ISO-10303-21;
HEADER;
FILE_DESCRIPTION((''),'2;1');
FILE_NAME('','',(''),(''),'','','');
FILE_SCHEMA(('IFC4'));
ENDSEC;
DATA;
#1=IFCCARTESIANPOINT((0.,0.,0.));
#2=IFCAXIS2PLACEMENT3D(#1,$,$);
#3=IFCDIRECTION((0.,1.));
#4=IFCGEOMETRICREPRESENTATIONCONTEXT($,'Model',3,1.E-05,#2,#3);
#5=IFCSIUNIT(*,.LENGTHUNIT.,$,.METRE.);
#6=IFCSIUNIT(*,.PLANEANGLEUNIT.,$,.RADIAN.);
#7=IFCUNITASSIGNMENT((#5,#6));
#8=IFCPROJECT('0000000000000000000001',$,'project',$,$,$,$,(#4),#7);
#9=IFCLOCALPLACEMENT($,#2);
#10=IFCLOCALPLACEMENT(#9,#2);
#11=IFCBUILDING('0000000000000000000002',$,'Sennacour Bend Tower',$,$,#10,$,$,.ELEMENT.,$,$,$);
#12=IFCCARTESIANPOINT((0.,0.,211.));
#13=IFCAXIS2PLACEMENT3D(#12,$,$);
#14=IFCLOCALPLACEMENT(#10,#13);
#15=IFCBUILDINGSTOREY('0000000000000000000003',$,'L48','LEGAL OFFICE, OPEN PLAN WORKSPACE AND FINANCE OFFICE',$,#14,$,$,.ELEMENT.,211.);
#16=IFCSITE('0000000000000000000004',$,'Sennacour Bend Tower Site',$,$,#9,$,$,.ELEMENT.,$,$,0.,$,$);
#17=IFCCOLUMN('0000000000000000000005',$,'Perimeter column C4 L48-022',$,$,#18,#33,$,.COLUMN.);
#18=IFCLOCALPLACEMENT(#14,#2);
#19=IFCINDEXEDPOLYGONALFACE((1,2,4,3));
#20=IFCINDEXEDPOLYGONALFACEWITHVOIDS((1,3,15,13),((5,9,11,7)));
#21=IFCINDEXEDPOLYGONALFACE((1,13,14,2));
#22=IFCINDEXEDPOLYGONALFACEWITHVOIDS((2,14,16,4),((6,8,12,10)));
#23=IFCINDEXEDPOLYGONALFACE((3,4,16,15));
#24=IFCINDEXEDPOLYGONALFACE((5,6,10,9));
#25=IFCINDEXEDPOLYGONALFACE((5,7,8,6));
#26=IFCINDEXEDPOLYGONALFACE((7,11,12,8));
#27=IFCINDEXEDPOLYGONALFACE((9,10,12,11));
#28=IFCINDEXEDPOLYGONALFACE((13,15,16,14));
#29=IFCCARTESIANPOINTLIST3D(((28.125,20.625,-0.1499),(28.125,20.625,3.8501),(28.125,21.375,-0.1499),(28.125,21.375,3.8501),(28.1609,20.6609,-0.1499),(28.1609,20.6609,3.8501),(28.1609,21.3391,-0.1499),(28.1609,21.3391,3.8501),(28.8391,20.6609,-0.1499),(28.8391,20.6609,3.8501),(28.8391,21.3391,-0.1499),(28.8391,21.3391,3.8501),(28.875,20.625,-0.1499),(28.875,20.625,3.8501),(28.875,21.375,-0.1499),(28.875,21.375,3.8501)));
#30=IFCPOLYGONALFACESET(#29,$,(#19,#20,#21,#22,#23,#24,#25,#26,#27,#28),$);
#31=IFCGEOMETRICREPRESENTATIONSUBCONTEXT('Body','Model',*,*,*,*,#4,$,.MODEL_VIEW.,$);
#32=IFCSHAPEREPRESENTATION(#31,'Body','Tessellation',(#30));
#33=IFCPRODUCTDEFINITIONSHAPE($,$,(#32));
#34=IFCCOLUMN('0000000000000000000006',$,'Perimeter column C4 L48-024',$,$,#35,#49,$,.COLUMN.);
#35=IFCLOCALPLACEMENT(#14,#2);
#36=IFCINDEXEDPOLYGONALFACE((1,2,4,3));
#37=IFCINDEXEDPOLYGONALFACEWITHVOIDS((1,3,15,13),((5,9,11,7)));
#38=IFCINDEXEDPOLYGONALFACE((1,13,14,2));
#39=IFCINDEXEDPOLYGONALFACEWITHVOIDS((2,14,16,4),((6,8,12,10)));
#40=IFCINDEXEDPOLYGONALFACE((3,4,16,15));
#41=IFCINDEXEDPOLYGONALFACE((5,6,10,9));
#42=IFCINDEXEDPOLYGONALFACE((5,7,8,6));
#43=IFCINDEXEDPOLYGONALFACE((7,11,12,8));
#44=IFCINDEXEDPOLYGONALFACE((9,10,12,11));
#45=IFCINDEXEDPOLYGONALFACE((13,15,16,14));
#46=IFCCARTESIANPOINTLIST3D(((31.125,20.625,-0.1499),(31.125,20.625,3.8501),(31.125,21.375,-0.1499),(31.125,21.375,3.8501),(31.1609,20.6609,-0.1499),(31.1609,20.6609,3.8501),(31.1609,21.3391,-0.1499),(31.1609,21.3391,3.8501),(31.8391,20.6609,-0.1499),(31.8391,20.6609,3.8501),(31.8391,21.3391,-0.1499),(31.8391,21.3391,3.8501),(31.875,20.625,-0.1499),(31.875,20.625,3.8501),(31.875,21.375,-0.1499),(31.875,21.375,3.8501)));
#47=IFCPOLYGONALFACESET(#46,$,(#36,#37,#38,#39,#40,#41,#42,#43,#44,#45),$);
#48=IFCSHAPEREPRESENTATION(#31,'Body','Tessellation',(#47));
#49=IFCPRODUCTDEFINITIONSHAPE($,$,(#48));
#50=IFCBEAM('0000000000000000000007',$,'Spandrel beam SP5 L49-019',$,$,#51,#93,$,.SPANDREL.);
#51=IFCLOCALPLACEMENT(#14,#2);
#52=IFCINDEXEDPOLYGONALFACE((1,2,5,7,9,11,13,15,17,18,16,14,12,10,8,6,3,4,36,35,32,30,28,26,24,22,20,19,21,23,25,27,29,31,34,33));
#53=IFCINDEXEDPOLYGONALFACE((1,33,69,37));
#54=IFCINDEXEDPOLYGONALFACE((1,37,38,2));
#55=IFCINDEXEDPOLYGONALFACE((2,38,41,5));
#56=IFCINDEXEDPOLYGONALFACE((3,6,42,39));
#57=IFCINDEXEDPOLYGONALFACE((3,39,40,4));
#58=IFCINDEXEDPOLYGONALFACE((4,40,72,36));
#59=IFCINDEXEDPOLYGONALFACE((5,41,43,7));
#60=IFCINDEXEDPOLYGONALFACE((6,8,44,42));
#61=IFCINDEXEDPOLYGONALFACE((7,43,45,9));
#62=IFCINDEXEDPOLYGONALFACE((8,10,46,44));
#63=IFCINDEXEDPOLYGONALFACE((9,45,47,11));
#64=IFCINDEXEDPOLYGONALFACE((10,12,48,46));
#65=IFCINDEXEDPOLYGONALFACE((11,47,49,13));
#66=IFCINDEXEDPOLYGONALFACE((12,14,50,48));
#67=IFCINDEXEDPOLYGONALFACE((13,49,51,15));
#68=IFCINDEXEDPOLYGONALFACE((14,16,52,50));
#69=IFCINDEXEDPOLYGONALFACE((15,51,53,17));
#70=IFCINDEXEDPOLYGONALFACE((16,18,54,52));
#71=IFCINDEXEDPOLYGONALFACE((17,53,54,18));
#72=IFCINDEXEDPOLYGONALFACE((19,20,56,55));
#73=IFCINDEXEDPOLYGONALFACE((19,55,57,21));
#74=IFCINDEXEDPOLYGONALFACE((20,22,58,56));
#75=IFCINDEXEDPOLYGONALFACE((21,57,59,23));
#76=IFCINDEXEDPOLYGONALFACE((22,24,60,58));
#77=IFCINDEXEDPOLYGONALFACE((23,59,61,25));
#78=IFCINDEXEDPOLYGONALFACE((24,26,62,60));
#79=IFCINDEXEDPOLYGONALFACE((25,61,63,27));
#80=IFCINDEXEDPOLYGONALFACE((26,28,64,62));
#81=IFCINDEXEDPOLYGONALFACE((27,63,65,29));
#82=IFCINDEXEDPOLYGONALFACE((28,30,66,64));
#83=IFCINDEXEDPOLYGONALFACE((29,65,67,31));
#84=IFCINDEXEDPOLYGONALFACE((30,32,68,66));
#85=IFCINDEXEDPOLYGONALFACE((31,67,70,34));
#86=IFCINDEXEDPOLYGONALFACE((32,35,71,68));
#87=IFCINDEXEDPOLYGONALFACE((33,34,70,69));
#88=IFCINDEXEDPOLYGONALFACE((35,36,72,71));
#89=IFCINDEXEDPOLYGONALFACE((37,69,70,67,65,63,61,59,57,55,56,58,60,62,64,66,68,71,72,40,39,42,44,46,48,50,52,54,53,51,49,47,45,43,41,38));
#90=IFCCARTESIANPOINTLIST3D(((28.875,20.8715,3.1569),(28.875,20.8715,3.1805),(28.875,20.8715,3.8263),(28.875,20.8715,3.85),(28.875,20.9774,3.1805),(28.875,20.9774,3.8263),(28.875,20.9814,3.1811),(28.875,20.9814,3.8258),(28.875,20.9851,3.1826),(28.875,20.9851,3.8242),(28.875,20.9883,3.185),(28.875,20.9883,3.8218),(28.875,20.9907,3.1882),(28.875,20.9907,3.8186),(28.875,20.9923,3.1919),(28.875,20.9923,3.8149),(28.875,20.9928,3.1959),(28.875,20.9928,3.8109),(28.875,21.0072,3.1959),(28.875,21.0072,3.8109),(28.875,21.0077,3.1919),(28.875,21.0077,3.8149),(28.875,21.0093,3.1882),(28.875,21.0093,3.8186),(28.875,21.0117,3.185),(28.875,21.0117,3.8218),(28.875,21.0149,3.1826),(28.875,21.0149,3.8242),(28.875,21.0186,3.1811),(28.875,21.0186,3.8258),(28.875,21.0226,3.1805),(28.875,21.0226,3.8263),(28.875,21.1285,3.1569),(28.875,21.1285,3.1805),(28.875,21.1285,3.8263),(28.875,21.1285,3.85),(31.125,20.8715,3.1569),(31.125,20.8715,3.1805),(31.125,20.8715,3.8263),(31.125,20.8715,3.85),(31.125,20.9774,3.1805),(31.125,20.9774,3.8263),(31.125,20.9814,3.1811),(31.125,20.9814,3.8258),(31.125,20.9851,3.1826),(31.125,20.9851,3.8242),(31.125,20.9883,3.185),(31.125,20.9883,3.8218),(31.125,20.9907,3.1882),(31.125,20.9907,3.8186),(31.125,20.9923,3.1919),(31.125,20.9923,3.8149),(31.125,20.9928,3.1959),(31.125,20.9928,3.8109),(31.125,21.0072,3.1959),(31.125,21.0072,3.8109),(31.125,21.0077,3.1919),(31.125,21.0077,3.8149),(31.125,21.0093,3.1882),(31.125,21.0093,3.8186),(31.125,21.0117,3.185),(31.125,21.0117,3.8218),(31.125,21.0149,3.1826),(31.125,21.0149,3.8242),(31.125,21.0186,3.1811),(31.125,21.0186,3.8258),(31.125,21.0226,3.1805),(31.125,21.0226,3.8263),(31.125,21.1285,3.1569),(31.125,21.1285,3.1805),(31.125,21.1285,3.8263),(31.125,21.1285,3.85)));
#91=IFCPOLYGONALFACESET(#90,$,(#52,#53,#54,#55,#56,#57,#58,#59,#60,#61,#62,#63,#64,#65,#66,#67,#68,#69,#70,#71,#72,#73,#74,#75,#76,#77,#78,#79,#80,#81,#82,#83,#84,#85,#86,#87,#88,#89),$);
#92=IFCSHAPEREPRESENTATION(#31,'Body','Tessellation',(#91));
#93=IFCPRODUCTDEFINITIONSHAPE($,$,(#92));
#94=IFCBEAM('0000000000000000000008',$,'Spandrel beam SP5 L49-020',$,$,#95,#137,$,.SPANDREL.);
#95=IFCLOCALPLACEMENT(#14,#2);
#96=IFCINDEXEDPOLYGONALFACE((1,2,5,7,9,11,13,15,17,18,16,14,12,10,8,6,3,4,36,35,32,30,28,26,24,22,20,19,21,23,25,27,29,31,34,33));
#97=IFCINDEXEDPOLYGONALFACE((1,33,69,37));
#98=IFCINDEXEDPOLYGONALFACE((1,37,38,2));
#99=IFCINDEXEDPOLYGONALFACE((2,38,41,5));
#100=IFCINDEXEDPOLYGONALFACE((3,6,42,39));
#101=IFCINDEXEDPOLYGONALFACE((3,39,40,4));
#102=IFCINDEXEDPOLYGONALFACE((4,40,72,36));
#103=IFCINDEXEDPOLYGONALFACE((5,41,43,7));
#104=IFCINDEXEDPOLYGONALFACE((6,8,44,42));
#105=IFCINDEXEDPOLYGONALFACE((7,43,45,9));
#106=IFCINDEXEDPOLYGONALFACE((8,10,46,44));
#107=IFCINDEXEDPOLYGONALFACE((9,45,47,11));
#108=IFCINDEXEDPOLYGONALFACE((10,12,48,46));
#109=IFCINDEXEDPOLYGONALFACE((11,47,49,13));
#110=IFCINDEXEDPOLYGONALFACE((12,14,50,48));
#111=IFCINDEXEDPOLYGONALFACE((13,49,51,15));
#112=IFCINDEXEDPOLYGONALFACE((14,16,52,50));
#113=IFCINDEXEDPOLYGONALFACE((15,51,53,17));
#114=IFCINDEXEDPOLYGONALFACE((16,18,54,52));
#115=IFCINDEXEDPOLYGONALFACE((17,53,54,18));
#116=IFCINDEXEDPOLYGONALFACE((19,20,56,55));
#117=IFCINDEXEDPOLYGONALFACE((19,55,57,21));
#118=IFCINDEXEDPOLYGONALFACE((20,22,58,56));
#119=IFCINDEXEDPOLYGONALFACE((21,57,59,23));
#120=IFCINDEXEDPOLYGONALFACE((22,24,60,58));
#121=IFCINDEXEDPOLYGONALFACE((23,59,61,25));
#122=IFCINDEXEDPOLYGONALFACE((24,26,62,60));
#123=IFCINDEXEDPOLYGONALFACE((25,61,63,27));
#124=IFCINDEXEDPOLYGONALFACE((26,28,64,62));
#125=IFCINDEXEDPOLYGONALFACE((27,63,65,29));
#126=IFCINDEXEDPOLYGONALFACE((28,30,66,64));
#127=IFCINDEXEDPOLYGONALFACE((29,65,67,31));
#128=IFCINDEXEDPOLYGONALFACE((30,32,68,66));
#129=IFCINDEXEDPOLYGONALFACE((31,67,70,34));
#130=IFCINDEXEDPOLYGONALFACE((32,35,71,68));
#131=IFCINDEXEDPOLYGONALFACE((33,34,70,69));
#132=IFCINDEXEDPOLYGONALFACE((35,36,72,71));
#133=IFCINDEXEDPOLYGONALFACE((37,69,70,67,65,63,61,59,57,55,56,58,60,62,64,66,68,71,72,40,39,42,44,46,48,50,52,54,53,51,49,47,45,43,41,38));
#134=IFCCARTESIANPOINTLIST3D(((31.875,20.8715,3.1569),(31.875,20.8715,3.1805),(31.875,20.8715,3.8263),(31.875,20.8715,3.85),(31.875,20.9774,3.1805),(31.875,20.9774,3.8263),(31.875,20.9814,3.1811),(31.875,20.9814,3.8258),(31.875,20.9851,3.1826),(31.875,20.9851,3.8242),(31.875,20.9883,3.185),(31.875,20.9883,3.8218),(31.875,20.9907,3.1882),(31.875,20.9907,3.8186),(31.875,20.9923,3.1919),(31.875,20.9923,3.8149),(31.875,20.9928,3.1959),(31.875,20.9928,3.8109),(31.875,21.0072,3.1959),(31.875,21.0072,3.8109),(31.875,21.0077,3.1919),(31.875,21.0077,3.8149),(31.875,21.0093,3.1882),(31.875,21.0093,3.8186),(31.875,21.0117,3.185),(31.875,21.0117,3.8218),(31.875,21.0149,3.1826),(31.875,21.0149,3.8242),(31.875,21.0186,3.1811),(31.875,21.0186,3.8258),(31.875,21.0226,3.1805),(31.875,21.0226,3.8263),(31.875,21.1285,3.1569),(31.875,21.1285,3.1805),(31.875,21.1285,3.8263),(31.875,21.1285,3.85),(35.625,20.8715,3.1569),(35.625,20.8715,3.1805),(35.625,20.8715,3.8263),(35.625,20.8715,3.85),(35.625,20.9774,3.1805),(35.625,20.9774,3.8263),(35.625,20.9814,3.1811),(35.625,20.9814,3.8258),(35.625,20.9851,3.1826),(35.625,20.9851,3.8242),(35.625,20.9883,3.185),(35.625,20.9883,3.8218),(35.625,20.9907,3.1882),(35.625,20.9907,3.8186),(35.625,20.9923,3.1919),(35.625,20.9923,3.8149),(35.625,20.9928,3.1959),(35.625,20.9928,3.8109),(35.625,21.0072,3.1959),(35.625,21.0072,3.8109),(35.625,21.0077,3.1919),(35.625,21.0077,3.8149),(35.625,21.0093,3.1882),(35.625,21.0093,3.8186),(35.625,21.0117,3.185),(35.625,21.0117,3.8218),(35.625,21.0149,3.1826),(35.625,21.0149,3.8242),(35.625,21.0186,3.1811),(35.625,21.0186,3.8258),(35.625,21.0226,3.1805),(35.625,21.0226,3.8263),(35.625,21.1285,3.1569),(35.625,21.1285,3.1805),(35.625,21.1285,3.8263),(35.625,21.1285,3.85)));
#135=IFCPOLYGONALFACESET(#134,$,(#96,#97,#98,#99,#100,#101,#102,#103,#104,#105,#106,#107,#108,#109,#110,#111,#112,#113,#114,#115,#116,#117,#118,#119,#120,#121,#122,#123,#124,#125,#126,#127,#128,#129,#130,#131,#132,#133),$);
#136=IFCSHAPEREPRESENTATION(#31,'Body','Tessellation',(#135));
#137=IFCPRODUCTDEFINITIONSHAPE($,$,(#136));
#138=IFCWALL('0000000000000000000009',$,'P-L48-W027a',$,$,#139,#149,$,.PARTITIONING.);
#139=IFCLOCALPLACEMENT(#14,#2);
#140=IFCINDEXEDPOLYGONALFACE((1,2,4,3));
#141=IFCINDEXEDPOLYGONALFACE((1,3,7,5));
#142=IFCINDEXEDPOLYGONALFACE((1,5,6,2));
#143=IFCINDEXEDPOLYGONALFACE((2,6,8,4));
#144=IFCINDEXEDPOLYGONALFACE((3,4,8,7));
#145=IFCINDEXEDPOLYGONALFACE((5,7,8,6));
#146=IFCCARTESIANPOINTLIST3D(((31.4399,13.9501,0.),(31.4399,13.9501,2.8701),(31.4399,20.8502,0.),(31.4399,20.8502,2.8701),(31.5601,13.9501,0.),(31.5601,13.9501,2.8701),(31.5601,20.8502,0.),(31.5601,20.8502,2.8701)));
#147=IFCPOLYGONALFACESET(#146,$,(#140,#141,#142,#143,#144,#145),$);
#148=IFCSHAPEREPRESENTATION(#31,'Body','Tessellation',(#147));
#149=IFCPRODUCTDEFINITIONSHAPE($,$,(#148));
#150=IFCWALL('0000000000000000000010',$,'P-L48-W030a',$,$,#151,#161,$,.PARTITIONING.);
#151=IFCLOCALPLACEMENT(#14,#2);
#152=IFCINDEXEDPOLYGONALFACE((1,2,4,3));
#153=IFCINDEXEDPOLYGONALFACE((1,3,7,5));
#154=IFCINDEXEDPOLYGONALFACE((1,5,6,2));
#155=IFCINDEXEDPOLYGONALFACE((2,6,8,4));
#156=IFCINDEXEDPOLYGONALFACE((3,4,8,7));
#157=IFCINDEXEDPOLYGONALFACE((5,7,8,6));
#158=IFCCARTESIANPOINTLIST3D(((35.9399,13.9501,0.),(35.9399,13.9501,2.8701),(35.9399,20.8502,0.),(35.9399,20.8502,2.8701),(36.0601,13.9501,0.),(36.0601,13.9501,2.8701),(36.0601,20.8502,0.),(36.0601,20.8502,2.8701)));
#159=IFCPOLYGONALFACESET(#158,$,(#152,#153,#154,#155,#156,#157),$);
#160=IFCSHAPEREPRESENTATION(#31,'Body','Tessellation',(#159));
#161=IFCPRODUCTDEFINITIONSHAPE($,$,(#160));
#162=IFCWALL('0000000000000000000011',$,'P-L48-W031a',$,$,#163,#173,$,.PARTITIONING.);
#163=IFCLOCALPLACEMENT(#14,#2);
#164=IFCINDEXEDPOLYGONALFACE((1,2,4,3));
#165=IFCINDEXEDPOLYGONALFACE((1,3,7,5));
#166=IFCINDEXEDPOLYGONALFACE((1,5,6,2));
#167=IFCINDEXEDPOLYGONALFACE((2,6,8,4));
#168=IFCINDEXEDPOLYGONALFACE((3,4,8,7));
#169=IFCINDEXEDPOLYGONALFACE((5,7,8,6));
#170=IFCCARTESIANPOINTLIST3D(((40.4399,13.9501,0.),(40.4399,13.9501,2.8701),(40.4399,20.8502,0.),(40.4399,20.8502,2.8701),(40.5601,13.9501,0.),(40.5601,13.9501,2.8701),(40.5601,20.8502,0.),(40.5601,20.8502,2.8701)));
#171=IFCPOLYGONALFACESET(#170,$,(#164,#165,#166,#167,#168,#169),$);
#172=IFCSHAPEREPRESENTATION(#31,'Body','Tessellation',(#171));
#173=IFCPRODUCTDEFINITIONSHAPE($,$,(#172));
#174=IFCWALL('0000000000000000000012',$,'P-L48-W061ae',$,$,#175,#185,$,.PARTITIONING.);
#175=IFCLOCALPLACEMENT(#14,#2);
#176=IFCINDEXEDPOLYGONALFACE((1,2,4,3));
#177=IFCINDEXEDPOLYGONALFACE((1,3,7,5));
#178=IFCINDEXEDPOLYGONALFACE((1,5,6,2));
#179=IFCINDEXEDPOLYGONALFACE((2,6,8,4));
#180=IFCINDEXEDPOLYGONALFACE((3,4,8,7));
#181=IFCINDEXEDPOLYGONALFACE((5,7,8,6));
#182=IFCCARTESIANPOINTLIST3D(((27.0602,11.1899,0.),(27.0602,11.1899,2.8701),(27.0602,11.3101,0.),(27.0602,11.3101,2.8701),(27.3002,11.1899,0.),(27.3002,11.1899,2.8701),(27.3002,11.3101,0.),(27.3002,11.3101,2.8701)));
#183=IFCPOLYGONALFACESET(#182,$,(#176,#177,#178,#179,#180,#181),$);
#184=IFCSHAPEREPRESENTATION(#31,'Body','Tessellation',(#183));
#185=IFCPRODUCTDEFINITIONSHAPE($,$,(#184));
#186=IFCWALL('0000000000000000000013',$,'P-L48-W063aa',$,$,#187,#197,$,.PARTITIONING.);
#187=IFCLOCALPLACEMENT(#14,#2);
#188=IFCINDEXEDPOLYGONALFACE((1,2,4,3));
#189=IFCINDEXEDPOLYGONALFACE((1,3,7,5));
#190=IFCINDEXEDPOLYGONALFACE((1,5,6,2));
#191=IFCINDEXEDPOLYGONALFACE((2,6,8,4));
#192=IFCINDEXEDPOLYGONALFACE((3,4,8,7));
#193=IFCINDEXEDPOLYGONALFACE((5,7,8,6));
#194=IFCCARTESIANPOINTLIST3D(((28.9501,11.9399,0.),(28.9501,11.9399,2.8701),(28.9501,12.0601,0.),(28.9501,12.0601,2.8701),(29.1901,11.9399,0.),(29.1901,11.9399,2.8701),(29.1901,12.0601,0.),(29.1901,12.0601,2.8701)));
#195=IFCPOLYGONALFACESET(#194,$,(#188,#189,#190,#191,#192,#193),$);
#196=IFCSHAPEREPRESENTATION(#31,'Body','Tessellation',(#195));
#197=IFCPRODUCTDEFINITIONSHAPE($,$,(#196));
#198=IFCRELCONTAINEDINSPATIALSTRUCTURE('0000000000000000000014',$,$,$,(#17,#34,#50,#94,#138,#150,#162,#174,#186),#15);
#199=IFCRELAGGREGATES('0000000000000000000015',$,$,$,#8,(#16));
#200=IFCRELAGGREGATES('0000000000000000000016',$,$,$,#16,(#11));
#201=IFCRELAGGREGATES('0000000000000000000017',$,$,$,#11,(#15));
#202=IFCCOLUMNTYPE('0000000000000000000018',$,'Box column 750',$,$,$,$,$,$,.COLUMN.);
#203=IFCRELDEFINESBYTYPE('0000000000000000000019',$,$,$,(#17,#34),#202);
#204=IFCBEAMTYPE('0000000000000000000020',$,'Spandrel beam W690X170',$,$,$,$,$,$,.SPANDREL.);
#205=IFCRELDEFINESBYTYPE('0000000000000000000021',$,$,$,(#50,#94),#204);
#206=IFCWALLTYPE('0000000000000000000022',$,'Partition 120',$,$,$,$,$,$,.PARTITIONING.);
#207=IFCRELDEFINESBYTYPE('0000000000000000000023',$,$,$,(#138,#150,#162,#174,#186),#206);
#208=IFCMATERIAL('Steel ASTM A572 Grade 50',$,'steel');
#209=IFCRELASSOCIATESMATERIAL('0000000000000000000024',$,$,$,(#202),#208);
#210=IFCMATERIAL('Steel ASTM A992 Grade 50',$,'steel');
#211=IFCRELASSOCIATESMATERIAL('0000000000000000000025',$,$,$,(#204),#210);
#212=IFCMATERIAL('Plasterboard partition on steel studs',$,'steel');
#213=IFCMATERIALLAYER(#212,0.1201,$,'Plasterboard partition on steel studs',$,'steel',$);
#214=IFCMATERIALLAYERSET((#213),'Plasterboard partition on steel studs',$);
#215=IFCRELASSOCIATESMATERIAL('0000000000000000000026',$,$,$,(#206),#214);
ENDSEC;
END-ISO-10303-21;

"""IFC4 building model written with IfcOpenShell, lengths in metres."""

from ifc_helpers import new_model, si_unit, direction, frame, frame_2d, origin, origin_2d, place, context, subcontext, project, spatial, rectangle, hollow_rectangle, i_section, extrude, material, layer, layer_set, material_profile, profile_set, type_object, element, save


model = new_model("IFC4")

# Units and contexts
model_context = context("Model", 3, precision=1e-05, world=origin(), true_north=direction((0.0, 1.0)))
body_context = subcontext(model_context, "Body", "Model", "MODEL_VIEW")
ifc_project = project(units=[si_unit("LENGTHUNIT", "METRE"), si_unit("PLANEANGLEUNIT", "RADIAN")], contexts=[model_context])

# Site, building, storey
site_placement = place(None, origin())
site = spatial("IfcSite", under=ifc_project, at=site_placement, Name="Sennacour Bend Tower Site", CompositionType="ELEMENT", RefElevation=0.0)
building_placement = place(site_placement, origin())
building = spatial("IfcBuilding", under=site, at=building_placement, Name="Sennacour Bend Tower", CompositionType="ELEMENT")
storey_placement = place(building_placement, frame((0.0, 0.0, 211.0)))
storey = spatial("IfcBuildingStorey", under=building, at=storey_placement, Name="L48", Description="LEGAL OFFICE, OPEN PLAN WORKSPACE AND FINANCE OFFICE", CompositionType="ELEMENT", Elevation=211.0)

# Columns
ifc_material_1 = material(Name="Steel ASTM A572 Grade 50", Category="steel")
ifc_material_profile_1 = material_profile(ifc_material_1, hollow_rectangle(XDim=0.75, YDim=0.75, WallThickness=0.0359, at=origin_2d()), Name="Steel ASTM A572 Grade 50", Category="steel")
ifc_profile_set_1 = profile_set([ifc_material_profile_1], Name="Steel ASTM A572 Grade 50")
column_type = type_object("IfcColumnType", Name="Box column 750", PredefinedType="COLUMN", material=ifc_profile_set_1)
for number, where, z_axis, x_axis, name in (
    (1, (28.5, 21.0, -0.1499), (0.0, 0.0, 1.0), (1.0, 0.0, 0.0), "Perimeter column C4 L48-022"),
    (2, (31.5, 21.0, -0.1499), (0.0, 0.0, 1.0), (1.0, 0.0, 0.0), "Perimeter column C4 L48-024"),
):
    element("IfcColumn", number, at=place(storey_placement, frame(where, z_axis=z_axis, x_axis=x_axis)), inside=storey, type_object=column_type, Name=name, PredefinedType="COLUMN", context=body_context, shape_type="SweptSolid", body=[
        extrude(hollow_rectangle(XDim=0.75, YDim=0.75, WallThickness=0.0359, at=origin_2d()), origin(), (0.0, 0.0, 1.0), 4.0),
    ])

# Beams
ifc_material_2 = material(Name="Steel ASTM A992 Grade 50", Category="steel")
ifc_material_profile_2 = material_profile(ifc_material_2, i_section(OverallWidth=0.2571, OverallDepth=0.6931, WebThickness=0.0144, FlangeThickness=0.0237, FilletRadius=0.0154, at=origin_2d()), Name="Steel ASTM A992 Grade 50", Category="steel")
ifc_profile_set_2 = profile_set([ifc_material_profile_2], Name="Steel ASTM A992 Grade 50")
beam_type = type_object("IfcBeamType", Name="Spandrel beam W690X170", PredefinedType="SPANDREL", material=ifc_profile_set_2)
beam_1_placement = place(storey_placement, frame((28.875, 21.0, 3.5034), z_axis=(1.0, 0.0, 0.0), x_axis=(0.0, 1.0, 0.0)))
element("IfcBeam", 3, at=beam_1_placement, inside=storey, type_object=beam_type, Name="Spandrel beam SP5 L49-019", PredefinedType="SPANDREL", context=body_context, shape_type="SweptSolid", body=[
    extrude(i_section(OverallWidth=0.2571, OverallDepth=0.6931, WebThickness=0.0144, FlangeThickness=0.0237, FilletRadius=0.0154, at=origin_2d()), origin(), (0.0, 0.0, 1.0), 2.25),
])
beam_2_placement = place(storey_placement, frame((31.875, 21.0, 3.5034), z_axis=(1.0, 0.0, 0.0), x_axis=(0.0, 1.0, 0.0)))
element("IfcBeam", 4, at=beam_2_placement, inside=storey, type_object=beam_type, Name="Spandrel beam SP5 L49-020", PredefinedType="SPANDREL", context=body_context, shape_type="SweptSolid", body=[
    extrude(i_section(OverallWidth=0.2571, OverallDepth=0.6931, WebThickness=0.0144, FlangeThickness=0.0237, FilletRadius=0.0154, at=origin_2d()), origin(), (0.0, 0.0, 1.0), 3.75),
])

# Walls
ifc_material_3 = material(Name="Plasterboard partition on steel studs", Category="steel")
ifc_layer_1 = layer(ifc_material_3, 0.1201, Name="Plasterboard partition on steel studs", Category="steel")
ifc_layer_set_1 = layer_set([ifc_layer_1], Name="Plasterboard partition on steel studs")
wall_type_1 = type_object("IfcWallType", Name="Partition 120", PredefinedType="PARTITIONING", material=ifc_layer_set_1)
for number, where, z_axis, x_axis, name in (
    (5, (31.5, 13.95, 0.0), (0.0, 0.0, 1.0), (0.0, 1.0, 0.0), "P-L48-W027a"),
    (6, (36.0, 13.95, 0.0), (0.0, 0.0, 1.0), (0.0, 1.0, 0.0), "P-L48-W030a"),
    (7, (40.5, 13.95, 0.0), (0.0, 0.0, 1.0), (0.0, 1.0, 0.0), "P-L48-W031a"),
):
    element("IfcWall", number, at=place(storey_placement, frame(where, z_axis=z_axis, x_axis=x_axis)), inside=storey, type_object=wall_type_1, Name=name, PredefinedType="PARTITIONING", context=body_context, shape_type="SweptSolid", body=[
        extrude(rectangle(XDim=6.9001, YDim=0.1201, at=frame_2d((3.4502, 0.0))), origin(), (0.0, 0.0, 1.0), 2.8701),
    ])
for number, where, z_axis, x_axis, name in (
    (8, (27.0601, 11.25, 0.0), (0.0, 0.0, 1.0), (1.0, 0.0, 0.0), "P-L48-W061ae"),
    (9, (28.95, 12.0, 0.0), (0.0, 0.0, 1.0), (1.0, 0.0, 0.0), "P-L48-W063aa"),
):
    element("IfcWall", number, at=place(storey_placement, frame(where, z_axis=z_axis, x_axis=x_axis)), inside=storey, type_object=wall_type_1, Name=name, PredefinedType="PARTITIONING", context=body_context, shape_type="SweptSolid", body=[
        extrude(rectangle(XDim=0.24, YDim=0.1201, at=frame_2d((0.1201, 0.0))), origin(), (0.0, 0.0, 1.0), 2.8701),
    ])

save(model, "model.ifc")
